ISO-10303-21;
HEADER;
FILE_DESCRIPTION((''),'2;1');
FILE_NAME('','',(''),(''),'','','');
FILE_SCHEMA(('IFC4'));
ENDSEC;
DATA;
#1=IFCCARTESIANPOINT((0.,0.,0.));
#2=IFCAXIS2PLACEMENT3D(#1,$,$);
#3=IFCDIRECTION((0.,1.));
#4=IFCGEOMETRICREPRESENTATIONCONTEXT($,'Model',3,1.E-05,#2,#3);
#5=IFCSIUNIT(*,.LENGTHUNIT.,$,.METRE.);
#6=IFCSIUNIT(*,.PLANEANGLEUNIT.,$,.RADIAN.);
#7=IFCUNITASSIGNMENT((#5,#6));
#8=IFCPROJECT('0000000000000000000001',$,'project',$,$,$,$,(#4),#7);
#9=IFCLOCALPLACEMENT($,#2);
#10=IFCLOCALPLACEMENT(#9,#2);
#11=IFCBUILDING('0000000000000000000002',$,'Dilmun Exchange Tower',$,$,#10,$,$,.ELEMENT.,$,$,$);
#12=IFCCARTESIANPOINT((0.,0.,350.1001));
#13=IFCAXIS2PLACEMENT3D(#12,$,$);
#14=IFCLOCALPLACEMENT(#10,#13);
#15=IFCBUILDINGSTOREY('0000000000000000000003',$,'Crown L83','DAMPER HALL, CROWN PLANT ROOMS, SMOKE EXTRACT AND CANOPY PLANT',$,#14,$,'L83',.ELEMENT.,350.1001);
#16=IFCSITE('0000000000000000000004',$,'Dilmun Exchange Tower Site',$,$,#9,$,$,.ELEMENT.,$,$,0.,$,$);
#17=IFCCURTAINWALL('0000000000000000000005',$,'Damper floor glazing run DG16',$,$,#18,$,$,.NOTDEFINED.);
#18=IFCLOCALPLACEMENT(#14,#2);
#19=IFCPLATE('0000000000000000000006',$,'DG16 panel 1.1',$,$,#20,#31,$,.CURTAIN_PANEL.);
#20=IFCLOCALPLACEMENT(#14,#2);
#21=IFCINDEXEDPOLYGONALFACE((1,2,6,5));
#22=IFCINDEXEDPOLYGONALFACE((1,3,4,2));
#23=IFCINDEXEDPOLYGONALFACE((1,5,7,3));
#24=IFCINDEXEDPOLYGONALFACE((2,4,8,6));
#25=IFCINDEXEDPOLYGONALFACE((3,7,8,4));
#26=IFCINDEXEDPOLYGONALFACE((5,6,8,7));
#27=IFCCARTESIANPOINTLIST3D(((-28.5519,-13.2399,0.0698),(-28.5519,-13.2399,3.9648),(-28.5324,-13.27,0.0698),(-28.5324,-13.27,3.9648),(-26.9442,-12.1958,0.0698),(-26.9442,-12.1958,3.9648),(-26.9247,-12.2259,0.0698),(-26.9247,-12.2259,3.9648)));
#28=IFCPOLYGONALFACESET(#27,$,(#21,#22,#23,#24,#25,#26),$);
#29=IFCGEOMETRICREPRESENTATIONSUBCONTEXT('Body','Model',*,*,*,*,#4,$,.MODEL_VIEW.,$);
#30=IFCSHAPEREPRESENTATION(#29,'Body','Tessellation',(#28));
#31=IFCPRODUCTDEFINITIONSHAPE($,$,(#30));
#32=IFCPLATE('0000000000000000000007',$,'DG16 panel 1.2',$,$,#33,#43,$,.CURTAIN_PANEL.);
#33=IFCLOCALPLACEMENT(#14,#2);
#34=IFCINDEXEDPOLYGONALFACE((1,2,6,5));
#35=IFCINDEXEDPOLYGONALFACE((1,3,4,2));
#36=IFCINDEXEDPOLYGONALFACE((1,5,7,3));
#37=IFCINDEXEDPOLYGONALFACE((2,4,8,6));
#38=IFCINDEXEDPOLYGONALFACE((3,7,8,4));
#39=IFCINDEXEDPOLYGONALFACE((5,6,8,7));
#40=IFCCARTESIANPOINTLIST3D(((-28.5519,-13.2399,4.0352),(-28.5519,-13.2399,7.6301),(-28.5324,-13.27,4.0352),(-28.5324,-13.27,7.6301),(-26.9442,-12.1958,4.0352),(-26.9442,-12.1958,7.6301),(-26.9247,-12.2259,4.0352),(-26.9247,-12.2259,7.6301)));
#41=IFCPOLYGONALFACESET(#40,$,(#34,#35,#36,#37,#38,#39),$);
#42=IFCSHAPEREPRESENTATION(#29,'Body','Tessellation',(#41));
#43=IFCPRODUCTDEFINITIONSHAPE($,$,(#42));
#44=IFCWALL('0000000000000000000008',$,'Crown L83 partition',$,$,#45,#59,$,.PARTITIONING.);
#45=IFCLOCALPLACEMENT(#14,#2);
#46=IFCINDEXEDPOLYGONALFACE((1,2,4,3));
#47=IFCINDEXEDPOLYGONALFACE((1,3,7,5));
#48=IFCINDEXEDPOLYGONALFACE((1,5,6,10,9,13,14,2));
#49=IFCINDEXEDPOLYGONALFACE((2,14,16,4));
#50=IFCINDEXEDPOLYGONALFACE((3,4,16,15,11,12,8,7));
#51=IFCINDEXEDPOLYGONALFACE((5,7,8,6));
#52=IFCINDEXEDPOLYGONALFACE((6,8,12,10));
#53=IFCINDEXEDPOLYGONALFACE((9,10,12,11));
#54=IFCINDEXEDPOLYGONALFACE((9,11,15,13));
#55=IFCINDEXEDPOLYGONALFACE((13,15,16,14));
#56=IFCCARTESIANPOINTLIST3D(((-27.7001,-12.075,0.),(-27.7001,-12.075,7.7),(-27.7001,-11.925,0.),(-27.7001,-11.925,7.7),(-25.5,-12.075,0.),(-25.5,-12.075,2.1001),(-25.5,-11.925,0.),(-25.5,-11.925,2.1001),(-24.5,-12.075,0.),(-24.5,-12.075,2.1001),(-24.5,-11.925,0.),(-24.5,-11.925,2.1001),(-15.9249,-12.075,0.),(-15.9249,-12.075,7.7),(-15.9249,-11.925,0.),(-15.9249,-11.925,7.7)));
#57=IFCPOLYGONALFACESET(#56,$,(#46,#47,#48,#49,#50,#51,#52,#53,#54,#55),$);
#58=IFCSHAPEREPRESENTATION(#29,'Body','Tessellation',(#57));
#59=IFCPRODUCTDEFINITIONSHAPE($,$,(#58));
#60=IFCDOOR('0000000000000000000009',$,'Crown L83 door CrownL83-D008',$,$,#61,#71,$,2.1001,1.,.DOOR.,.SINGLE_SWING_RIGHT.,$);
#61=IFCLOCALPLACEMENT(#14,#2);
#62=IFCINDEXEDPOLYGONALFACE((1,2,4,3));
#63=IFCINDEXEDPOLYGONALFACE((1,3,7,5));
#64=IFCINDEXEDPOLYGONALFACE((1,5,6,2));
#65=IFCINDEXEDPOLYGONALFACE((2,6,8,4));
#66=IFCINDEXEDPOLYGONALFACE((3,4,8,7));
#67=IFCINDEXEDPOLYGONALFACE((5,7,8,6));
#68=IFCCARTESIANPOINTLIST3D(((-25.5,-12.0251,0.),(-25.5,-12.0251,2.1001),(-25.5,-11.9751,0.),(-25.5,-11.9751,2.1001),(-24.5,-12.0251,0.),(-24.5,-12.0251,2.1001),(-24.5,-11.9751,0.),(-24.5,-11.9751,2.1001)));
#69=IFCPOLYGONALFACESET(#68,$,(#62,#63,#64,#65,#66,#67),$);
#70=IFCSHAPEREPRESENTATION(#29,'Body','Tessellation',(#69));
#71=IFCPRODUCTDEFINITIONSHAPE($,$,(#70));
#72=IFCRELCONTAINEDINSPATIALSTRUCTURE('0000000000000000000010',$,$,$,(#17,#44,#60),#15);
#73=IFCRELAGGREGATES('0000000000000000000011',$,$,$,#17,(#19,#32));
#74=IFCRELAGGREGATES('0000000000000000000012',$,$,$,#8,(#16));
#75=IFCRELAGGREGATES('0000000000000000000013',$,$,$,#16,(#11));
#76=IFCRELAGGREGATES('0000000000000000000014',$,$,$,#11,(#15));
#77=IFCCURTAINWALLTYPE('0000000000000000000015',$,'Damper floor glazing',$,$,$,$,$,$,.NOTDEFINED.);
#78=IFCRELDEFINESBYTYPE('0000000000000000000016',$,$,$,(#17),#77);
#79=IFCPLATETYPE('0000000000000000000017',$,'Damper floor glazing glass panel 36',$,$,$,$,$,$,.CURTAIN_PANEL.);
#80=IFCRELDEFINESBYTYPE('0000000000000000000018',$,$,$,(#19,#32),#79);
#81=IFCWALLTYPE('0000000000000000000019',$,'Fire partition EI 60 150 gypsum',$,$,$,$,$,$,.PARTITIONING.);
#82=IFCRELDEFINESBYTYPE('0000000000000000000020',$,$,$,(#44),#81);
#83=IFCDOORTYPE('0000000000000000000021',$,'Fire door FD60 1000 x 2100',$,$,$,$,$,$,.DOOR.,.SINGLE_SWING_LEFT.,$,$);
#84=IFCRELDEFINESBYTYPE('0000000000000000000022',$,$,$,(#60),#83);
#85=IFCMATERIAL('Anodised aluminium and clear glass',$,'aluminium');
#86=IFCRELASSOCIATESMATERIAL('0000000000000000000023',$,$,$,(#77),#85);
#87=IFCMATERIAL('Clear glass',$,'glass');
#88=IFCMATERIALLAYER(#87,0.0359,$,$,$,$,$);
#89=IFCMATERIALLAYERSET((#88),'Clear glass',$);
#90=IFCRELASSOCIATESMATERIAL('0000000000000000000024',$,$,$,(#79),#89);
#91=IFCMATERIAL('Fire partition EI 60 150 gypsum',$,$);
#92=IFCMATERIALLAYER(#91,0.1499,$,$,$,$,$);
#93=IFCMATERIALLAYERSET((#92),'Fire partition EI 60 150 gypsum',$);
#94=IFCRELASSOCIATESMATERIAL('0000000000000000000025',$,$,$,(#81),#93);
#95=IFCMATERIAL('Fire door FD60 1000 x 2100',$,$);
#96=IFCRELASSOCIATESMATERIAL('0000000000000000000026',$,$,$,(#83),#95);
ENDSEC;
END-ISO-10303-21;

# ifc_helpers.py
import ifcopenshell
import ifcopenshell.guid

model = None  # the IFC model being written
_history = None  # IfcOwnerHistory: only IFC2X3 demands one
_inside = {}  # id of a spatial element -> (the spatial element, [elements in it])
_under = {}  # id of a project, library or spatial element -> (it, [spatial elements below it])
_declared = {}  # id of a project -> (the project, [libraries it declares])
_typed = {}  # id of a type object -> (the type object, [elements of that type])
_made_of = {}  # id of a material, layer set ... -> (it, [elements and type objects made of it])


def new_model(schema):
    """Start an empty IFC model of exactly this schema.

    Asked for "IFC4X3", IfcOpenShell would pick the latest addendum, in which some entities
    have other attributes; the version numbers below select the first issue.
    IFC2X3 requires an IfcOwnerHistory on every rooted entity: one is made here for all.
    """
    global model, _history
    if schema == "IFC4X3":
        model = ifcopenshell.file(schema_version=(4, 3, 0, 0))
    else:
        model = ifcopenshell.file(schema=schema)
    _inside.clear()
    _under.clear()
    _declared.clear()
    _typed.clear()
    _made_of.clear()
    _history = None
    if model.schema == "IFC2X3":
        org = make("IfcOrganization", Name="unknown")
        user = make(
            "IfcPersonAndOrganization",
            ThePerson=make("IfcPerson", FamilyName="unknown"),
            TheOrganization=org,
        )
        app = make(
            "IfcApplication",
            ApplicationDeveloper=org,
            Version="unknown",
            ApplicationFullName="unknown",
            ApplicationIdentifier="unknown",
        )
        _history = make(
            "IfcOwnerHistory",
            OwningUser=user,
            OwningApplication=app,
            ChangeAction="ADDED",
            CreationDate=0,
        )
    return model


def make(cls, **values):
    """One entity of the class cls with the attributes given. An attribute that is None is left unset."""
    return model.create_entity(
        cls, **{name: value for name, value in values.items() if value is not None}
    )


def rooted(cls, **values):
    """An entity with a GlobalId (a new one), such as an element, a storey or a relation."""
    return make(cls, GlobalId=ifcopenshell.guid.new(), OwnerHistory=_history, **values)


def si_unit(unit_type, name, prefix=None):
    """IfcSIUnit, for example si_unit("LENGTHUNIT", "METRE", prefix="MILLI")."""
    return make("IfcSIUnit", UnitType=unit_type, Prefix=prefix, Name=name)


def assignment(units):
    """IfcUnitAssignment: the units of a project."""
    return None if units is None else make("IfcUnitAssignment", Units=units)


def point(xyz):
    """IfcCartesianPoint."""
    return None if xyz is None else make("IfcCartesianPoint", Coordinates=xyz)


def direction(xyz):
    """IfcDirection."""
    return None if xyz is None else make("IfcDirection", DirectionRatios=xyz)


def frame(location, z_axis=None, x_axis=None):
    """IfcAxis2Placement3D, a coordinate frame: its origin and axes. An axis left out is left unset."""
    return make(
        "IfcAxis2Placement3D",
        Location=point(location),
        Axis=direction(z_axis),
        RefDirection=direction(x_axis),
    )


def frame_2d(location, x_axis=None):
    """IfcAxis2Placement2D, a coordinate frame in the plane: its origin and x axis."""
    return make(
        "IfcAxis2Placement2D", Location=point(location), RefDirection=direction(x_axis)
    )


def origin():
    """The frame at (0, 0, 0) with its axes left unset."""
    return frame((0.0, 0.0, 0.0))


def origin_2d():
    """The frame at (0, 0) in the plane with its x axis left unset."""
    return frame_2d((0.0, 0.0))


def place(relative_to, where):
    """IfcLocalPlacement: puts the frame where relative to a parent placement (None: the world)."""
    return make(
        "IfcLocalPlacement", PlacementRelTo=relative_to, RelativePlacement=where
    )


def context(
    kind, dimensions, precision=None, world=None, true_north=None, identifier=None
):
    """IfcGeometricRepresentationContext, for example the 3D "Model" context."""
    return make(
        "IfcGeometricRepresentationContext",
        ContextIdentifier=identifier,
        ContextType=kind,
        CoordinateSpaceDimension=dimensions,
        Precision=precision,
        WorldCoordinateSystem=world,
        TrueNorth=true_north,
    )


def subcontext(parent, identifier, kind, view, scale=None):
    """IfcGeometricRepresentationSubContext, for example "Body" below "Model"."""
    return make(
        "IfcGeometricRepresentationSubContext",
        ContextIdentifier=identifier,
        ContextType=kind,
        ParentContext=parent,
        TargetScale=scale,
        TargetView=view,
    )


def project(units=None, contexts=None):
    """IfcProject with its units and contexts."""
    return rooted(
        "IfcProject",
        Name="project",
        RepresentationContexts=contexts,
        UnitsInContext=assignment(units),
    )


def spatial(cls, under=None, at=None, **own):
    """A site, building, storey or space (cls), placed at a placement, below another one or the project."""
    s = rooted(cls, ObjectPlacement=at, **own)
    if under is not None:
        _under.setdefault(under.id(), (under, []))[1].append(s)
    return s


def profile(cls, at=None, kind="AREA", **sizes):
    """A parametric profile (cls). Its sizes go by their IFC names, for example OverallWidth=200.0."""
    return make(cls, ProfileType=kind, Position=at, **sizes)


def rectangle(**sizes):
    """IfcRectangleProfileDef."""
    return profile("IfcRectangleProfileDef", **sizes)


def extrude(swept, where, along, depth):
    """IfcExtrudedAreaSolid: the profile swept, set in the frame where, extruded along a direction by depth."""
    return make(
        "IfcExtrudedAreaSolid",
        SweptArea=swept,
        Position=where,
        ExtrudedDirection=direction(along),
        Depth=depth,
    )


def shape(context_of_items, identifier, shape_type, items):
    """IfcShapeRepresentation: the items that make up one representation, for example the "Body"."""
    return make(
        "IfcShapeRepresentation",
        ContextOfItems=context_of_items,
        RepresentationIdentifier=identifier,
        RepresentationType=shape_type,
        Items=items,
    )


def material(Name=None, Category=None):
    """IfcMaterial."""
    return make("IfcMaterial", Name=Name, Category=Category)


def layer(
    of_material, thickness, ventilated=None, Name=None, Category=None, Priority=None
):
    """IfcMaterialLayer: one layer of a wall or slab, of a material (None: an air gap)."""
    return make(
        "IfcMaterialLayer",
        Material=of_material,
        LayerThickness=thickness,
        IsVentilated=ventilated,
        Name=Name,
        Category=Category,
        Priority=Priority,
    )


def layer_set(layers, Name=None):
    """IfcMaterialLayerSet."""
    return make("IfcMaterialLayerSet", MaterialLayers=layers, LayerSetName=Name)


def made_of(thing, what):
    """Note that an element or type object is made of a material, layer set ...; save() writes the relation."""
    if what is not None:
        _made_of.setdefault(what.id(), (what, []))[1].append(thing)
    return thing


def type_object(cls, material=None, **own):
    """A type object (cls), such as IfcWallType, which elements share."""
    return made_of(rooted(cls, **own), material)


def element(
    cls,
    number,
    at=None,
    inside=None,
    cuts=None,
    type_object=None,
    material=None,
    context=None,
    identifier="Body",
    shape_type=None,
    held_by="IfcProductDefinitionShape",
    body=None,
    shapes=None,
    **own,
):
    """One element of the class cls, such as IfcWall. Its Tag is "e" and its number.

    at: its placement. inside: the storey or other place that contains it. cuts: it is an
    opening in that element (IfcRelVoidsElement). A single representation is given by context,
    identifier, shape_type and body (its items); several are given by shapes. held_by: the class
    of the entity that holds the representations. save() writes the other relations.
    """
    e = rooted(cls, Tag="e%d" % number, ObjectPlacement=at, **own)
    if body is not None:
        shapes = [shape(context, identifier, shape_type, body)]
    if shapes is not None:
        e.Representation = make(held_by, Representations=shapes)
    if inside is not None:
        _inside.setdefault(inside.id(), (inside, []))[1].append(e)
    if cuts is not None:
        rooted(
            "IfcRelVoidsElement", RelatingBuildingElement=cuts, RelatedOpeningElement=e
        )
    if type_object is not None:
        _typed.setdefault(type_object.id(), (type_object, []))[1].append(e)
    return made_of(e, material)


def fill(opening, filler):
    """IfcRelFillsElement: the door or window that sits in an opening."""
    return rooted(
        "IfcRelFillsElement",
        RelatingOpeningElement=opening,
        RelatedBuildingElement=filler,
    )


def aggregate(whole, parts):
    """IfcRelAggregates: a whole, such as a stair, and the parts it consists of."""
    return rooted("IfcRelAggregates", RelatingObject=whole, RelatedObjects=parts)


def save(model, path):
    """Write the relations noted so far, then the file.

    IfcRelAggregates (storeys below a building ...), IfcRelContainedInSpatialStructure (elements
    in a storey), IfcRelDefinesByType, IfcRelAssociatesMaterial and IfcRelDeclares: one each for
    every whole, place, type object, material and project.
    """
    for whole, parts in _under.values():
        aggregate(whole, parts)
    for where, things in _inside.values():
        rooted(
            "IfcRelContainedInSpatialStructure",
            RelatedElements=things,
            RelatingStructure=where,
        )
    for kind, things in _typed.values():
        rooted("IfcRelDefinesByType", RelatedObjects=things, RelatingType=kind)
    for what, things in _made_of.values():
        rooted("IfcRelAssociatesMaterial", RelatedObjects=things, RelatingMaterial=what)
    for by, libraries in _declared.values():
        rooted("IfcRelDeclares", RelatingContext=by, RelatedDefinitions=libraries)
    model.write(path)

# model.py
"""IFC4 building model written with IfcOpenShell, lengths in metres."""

from ifc_helpers import new_model, si_unit, direction, frame, frame_2d, origin, origin_2d, place, context, subcontext, project, spatial, rectangle, extrude, material, layer, layer_set, type_object, element, fill, aggregate, save


model = new_model("IFC4")

# Units and contexts
model_context = context("Model", 3, precision=1e-05, world=origin(), true_north=direction((0.0, 1.0)))
body_context = subcontext(model_context, "Body", "Model", "MODEL_VIEW")
ifc_project = project(units=[si_unit("LENGTHUNIT", "METRE"), si_unit("PLANEANGLEUNIT", "RADIAN")], contexts=[model_context])

# Site, building, storey
site_placement = place(None, origin())
site = spatial("IfcSite", under=ifc_project, at=site_placement, Name="Dilmun Exchange Tower Site", CompositionType="ELEMENT", RefElevation=0.0)
building_placement = place(site_placement, origin())
building = spatial("IfcBuilding", under=site, at=building_placement, Name="Dilmun Exchange Tower", CompositionType="ELEMENT")
storey_placement = place(building_placement, frame((0.0, 0.0, 350.1001)))
storey = spatial("IfcBuildingStorey", under=building, at=storey_placement, Name="Crown L83", Description="DAMPER HALL, CROWN PLANT ROOMS, SMOKE EXTRACT AND CANOPY PLANT", LongName="L83", CompositionType="ELEMENT", Elevation=350.1001)

# Shared definitions
ifc_material_1 = material(Name="Anodised aluminium and clear glass", Category="aluminium")
curtain_wall_type = type_object("IfcCurtainWallType", Name="Damper floor glazing", PredefinedType="NOTDEFINED", material=ifc_material_1)

# Curtain wall
curtain_wall_1_placement = place(storey_placement, origin())
curtain_wall_1 = element("IfcCurtainWall", 1, at=curtain_wall_1_placement, inside=storey, type_object=curtain_wall_type, Name="Damper floor glazing run DG16", PredefinedType="NOTDEFINED")

# Plates
ifc_material_2 = material(Name="Clear glass", Category="glass")
ifc_layer_1 = layer(ifc_material_2, 0.0359)
ifc_layer_set_1 = layer_set([ifc_layer_1], Name="Clear glass")
plate_type = type_object("IfcPlateType", Name="Damper floor glazing glass panel 36", PredefinedType="CURTAIN_PANEL", material=ifc_layer_set_1)
plate_1_placement = place(storey_placement, frame((-27.7383, -12.7329, 0.0698), z_axis=(0.0, 0.0, 1.0), x_axis=(0.838661, 0.544653, 0.0)))
plate_1 = element("IfcPlate", 2, at=plate_1_placement, type_object=plate_type, Name="DG16 panel 1.1", PredefinedType="CURTAIN_PANEL", context=body_context, shape_type="SweptSolid", body=[
    extrude(rectangle(XDim=1.917, YDim=0.0359, at=origin_2d()), origin(), (0.0, 0.0, 1.0), 3.895),
])
plate_2_placement = place(storey_placement, frame((-27.7383, -12.7329, 4.0352), z_axis=(0.0, 0.0, 1.0), x_axis=(0.838661, 0.544653, 0.0)))
plate_2 = element("IfcPlate", 3, at=plate_2_placement, type_object=plate_type, Name="DG16 panel 1.2", PredefinedType="CURTAIN_PANEL", context=body_context, shape_type="SweptSolid", body=[
    extrude(rectangle(XDim=1.917, YDim=0.0359, at=origin_2d()), origin(), (0.0, 0.0, 1.0), 3.595),
])
aggregate(curtain_wall_1, [plate_1, plate_2])

# Wall, opening, door
ifc_material_3 = material(Name="Fire partition EI 60 150 gypsum")
ifc_layer_2 = layer(ifc_material_3, 0.1499)
ifc_layer_set_2 = layer_set([ifc_layer_2], Name="Fire partition EI 60 150 gypsum")
wall_type = type_object("IfcWallType", Name="Fire partition EI 60 150 gypsum", PredefinedType="PARTITIONING", material=ifc_layer_set_2)
wall_placement = place(storey_placement, frame((-27.7002, -12.0, 0.0), z_axis=(0.0, 0.0, 1.0), x_axis=(1.0, 0.0, 0.0)))
wall = element("IfcWall", 4, at=wall_placement, inside=storey, type_object=wall_type, Name="Crown L83 partition", PredefinedType="PARTITIONING", context=body_context, shape_type="SweptSolid", body=[
    extrude(rectangle(XDim=11.7751, YDim=0.1499, at=frame_2d((5.8877, 0.0))), origin(), (0.0, 0.0, 1.0), 7.7),
])
opening_placement = place(wall_placement, frame((2.2002, 0.0, 0.0)))
opening = element("IfcOpeningElement", 5, at=opening_placement, cuts=wall, PredefinedType="OPENING", context=body_context, shape_type="SweptSolid", body=[
    extrude(rectangle(XDim=1.0, YDim=2.1001, at=frame_2d((0.5, 1.05))), frame((0.0, 0.085, 0.0), z_axis=(0.0, -1.0, 0.0), x_axis=(1.0, 0.0, 0.0)), (0.0, 0.0, 1.0), 0.1699),
])
ifc_material_4 = material(Name="Fire door FD60 1000 x 2100")
door_type = type_object("IfcDoorType", Name="Fire door FD60 1000 x 2100", OperationType="SINGLE_SWING_LEFT", PredefinedType="DOOR", material=ifc_material_4)
door_placement = place(opening_placement, origin())
door = element("IfcDoor", 6, at=door_placement, inside=storey, type_object=door_type, Name="Crown L83 door CrownL83-D008", OperationType="SINGLE_SWING_RIGHT", OverallHeight=2.1001, OverallWidth=1.0, PredefinedType="DOOR", context=body_context, shape_type="SweptSolid", body=[
    extrude(rectangle(XDim=1.0, YDim=2.1001, at=frame_2d((0.5, 1.05))), frame((0.0, 0.0249, 0.0), z_axis=(0.0, -1.0, 0.0), x_axis=(1.0, 0.0, 0.0)), (0.0, 0.0, 1.0), 0.05),
])
fill(opening, door)

save(model, "model.ifc")
